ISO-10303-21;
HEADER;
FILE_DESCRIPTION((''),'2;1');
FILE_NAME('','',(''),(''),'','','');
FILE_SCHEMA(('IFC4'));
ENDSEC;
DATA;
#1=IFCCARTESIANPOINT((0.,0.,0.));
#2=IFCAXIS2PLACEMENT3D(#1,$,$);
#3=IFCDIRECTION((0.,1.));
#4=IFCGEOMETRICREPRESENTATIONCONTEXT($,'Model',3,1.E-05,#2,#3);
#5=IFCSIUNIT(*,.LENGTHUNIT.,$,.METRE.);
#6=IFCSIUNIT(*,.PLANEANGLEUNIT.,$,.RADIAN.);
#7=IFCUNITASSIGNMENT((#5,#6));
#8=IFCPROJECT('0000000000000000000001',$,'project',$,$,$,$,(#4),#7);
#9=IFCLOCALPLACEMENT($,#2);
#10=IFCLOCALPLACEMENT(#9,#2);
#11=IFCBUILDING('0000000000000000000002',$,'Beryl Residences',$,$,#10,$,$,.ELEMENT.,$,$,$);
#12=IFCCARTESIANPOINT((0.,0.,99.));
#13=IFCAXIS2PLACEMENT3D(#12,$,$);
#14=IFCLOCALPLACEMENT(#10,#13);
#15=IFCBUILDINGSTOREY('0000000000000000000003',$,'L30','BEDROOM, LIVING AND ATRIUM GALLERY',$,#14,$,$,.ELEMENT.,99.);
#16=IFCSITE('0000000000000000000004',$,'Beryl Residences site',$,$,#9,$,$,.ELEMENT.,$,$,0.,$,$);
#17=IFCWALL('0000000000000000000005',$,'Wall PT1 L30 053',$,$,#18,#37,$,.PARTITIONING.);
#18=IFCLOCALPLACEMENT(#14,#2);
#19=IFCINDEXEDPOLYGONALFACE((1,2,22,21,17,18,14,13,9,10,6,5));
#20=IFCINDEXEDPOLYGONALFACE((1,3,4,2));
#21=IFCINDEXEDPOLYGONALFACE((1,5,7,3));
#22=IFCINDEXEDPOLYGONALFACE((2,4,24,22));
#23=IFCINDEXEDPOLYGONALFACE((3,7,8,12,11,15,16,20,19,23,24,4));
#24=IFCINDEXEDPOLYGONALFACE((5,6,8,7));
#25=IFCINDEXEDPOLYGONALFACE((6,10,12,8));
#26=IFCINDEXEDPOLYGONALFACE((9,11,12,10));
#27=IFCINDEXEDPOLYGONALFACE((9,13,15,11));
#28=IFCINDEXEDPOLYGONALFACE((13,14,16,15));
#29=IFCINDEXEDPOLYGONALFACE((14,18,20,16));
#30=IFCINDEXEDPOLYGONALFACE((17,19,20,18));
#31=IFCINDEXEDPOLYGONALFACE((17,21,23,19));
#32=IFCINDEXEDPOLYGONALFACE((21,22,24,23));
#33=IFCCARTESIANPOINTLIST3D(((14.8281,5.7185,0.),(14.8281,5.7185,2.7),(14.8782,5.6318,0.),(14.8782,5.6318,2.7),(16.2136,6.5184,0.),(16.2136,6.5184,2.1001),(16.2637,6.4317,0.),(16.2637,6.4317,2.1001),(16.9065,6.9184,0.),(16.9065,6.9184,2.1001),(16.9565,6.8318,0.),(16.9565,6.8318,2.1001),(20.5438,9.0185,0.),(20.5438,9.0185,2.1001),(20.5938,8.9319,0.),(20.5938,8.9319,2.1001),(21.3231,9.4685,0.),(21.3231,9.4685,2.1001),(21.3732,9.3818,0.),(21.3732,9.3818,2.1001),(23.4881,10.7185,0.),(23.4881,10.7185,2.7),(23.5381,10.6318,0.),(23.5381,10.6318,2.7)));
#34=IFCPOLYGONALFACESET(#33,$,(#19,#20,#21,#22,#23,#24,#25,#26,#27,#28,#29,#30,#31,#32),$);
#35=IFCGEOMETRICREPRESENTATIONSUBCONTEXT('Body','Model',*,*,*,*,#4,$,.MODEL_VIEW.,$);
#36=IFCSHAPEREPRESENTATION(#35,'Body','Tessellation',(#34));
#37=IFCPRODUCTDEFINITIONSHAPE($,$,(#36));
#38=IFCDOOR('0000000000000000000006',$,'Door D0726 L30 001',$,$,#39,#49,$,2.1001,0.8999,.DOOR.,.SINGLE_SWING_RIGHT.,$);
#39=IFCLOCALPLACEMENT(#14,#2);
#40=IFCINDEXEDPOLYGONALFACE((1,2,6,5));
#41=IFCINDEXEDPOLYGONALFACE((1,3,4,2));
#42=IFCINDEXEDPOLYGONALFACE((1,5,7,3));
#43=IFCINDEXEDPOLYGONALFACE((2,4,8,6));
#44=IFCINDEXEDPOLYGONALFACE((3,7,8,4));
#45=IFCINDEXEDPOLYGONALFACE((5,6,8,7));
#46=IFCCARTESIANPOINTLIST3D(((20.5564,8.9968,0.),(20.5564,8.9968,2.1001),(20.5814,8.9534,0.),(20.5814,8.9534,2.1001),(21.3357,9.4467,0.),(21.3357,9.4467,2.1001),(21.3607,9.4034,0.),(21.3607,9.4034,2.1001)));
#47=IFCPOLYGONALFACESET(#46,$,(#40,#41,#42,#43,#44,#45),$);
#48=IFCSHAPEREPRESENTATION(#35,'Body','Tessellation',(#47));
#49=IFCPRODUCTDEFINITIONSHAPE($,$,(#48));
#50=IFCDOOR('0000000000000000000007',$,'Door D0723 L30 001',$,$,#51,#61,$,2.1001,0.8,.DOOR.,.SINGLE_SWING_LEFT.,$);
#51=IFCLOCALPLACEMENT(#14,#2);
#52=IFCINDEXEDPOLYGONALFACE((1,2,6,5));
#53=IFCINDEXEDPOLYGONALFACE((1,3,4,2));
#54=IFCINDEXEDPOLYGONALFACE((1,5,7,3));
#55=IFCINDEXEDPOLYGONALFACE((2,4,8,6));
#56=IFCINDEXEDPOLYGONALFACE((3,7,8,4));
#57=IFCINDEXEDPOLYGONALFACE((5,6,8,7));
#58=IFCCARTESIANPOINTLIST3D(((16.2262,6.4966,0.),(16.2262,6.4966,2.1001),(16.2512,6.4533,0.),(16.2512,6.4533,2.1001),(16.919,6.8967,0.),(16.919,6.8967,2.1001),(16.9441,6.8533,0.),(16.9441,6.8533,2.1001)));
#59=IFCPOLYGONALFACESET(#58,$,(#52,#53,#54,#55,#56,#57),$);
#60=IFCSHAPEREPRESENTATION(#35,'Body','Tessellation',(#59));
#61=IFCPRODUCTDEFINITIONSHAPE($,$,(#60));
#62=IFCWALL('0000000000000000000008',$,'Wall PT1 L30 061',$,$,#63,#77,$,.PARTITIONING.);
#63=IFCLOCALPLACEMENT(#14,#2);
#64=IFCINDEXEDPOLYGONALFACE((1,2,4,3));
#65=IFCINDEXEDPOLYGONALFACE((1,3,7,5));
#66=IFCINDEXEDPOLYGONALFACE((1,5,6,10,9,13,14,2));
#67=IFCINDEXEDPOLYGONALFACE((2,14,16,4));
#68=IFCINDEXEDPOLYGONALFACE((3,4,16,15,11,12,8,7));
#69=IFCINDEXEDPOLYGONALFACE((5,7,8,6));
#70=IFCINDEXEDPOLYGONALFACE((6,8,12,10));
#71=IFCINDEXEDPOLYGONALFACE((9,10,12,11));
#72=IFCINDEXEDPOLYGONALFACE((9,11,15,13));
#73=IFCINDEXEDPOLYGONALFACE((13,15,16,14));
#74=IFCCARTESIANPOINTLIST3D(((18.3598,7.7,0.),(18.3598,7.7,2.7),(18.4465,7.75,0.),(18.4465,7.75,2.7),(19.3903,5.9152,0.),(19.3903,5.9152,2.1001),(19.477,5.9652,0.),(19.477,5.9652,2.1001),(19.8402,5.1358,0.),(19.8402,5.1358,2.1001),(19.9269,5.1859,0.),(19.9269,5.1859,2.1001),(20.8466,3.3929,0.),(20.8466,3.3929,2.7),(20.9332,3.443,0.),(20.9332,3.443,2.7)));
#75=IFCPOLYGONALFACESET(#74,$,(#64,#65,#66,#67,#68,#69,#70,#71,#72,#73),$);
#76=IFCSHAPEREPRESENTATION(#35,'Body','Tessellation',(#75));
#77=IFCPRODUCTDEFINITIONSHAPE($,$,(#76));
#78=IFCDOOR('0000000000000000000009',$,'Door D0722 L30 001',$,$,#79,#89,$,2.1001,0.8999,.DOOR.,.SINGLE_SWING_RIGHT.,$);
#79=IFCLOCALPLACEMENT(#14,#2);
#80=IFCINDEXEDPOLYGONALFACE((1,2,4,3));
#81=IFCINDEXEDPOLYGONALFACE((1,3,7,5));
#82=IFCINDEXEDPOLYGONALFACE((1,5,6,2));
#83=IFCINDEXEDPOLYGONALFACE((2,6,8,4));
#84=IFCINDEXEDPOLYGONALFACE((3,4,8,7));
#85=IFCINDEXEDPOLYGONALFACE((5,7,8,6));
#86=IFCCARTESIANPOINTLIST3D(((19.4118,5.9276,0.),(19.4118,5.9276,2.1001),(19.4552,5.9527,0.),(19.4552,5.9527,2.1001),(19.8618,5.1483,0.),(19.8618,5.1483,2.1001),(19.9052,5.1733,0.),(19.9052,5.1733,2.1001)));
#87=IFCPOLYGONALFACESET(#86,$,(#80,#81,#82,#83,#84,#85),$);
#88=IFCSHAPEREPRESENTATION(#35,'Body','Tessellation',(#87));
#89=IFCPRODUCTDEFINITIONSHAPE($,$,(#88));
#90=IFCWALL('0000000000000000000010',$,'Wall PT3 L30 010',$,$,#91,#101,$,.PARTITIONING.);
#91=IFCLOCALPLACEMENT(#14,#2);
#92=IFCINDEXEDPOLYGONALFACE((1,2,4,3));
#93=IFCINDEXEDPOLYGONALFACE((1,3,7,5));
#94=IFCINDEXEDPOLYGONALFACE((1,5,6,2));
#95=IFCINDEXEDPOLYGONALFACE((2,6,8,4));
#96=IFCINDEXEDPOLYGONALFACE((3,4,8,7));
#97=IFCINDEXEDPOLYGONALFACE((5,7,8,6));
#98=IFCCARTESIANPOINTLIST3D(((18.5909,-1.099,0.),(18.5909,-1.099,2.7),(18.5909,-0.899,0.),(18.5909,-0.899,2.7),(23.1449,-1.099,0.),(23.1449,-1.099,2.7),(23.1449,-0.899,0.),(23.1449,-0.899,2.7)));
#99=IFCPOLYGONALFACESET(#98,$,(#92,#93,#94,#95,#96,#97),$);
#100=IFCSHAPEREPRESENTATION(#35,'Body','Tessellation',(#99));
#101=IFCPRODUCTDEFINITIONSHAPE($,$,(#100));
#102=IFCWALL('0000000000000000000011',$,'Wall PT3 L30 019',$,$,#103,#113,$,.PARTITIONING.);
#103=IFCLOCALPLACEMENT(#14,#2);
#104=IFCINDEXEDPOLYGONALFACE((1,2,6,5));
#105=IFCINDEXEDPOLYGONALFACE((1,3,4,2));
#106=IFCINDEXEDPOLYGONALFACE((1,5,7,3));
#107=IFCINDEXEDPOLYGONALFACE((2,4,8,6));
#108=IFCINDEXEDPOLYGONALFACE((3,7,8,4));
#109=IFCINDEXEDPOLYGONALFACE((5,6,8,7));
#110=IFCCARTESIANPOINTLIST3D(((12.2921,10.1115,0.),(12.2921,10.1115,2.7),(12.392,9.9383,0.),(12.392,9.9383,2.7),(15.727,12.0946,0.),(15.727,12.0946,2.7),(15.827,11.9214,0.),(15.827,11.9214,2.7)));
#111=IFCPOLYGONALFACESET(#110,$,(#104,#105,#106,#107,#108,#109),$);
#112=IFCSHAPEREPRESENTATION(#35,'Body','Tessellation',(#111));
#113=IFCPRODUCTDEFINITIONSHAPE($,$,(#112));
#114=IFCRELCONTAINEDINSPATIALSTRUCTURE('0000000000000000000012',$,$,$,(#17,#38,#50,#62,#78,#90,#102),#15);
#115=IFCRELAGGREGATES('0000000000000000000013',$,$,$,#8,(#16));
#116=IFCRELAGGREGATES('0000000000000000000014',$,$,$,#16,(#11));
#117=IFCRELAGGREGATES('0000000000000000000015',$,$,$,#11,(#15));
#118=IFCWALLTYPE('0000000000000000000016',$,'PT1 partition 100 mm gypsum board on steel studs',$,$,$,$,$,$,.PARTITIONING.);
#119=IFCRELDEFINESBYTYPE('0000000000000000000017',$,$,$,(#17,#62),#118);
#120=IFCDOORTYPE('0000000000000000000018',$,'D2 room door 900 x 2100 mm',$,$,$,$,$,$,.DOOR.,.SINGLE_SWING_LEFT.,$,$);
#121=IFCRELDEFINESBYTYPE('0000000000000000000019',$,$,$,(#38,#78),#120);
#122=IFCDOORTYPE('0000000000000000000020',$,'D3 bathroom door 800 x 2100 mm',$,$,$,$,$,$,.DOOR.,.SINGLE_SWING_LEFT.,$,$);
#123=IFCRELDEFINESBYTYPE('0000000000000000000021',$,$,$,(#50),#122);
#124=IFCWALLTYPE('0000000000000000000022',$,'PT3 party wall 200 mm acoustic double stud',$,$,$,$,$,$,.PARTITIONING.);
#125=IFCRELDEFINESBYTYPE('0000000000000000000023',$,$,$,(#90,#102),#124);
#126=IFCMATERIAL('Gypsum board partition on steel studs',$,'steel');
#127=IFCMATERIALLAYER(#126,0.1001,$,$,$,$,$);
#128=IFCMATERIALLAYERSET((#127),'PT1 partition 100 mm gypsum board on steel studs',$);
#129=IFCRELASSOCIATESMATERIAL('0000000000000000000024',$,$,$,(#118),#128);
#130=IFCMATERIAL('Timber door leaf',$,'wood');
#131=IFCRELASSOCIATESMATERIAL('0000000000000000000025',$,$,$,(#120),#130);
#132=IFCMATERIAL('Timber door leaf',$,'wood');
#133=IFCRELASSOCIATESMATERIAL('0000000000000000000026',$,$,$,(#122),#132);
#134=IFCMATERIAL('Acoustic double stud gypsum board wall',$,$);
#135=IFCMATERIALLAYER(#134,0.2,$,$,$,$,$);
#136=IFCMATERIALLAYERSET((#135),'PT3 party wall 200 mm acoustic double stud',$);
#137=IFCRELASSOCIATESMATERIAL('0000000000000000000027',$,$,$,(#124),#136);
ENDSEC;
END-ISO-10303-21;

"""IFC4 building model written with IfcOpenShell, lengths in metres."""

from ifc_helpers import new_model, si_unit, direction, frame, frame_2d, origin, place, context, subcontext, project, spatial, rectangle, extrude, material, layer, layer_set, type_object, element, fill, save


model = new_model("IFC4")

# Units and contexts
model_context = context("Model", 3, precision=1e-05, world=origin(), true_north=direction((0.0, 1.0)))
body_context = subcontext(model_context, "Body", "Model", "MODEL_VIEW")
ifc_project = project(units=[si_unit("LENGTHUNIT", "METRE"), si_unit("PLANEANGLEUNIT", "RADIAN")], contexts=[model_context])

# Site, building, storey
site_placement = place(None, origin())
site = spatial("IfcSite", under=ifc_project, at=site_placement, Name="Beryl Residences site", CompositionType="ELEMENT", RefElevation=0.0)
building_placement = place(site_placement, origin())
building = spatial("IfcBuilding", under=site, at=building_placement, Name="Beryl Residences", CompositionType="ELEMENT")
storey_placement = place(building_placement, frame((0.0, 0.0, 99.0)))
storey = spatial("IfcBuildingStorey", under=building, at=storey_placement, Name="L30", Description="BEDROOM, LIVING AND ATRIUM GALLERY", CompositionType="ELEMENT", Elevation=99.0)

# Shared definitions
ifc_material_1 = material(Name="Gypsum board partition on steel studs", Category="steel")
ifc_layer_1 = layer(ifc_material_1, 0.1001)
ifc_layer_set_1 = layer_set([ifc_layer_1], Name="PT1 partition 100 mm gypsum board on steel studs")
wall_type_1 = type_object("IfcWallType", Name="PT1 partition 100 mm gypsum board on steel studs", PredefinedType="PARTITIONING", material=ifc_layer_set_1)

# Wall, openings, doors
ifc_material_2 = material(Name="Timber door leaf", Category="wood")
door_type_1 = type_object("IfcDoorType", Name="D2 room door 900 x 2100 mm", OperationType="SINGLE_SWING_LEFT", PredefinedType="DOOR", material=ifc_material_2)
wall_1_placement = place(storey_placement, frame((14.853, 5.675, 0.0), z_axis=(0.0, 0.0, 1.0), x_axis=(0.866017, 0.500015, 0.0)))
wall_1 = element("IfcWall", 1, at=wall_1_placement, inside=storey, type_object=wall_type_1, Name="Wall PT1 L30 053", PredefinedType="PARTITIONING", context=body_context, shape_type="SweptSolid", body=[
    extrude(rectangle(XDim=9.9998, YDim=0.1001, at=frame_2d((5.0, 0.0))), origin(), (0.0, 0.0, 1.0), 2.7),
])
opening_1_placement = place(wall_1_placement, frame((1.6001, 0.0, 0.0)))
opening_1 = element("IfcOpeningElement", 2, at=opening_1_placement, cuts=wall_1, PredefinedType="OPENING", context=body_context, shape_type="SweptSolid", body=[
    extrude(rectangle(XDim=0.8, YDim=2.1001, at=frame_2d((0.3999, 1.05))), frame((0.0, 0.0601, 0.0), z_axis=(0.0, -1.0, 0.0), x_axis=(1.0, 0.0, 0.0)), (0.0, 0.0, 1.0), 0.1201),
])
opening_2_placement = place(wall_1_placement, frame((6.6001, 0.0, 0.0)))
opening_2 = element("IfcOpeningElement", 3, at=opening_2_placement, cuts=wall_1, PredefinedType="OPENING", context=body_context, shape_type="SweptSolid", body=[
    extrude(rectangle(XDim=0.8999, YDim=2.1001, at=frame_2d((0.45, 1.05))), frame((0.0, 0.0601, 0.0), z_axis=(0.0, -1.0, 0.0), x_axis=(1.0, 0.0, 0.0)), (0.0, 0.0, 1.0), 0.1201),
])
door_1_placement = place(opening_2_placement, origin())
door_1 = element("IfcDoor", 4, at=door_1_placement, inside=storey, type_object=door_type_1, Name="Door D0726 L30 001", OperationType="SINGLE_SWING_RIGHT", OverallHeight=2.1001, OverallWidth=0.8999, PredefinedType="DOOR", context=body_context, shape_type="SweptSolid", body=[
    extrude(rectangle(XDim=0.8999, YDim=2.1001, at=frame_2d((0.45, 1.05))), frame((0.0, 0.0249, 0.0), z_axis=(0.0, -1.0, 0.0), x_axis=(1.0, 0.0, 0.0)), (0.0, 0.0, 1.0), 0.05),
])
fill(opening_2, door_1)
ifc_material_3 = material(Name="Timber door leaf", Category="wood")
door_type_2 = type_object("IfcDoorType", Name="D3 bathroom door 800 x 2100 mm", OperationType="SINGLE_SWING_LEFT", PredefinedType="DOOR", material=ifc_material_3)
door_2_placement = place(opening_1_placement, origin())
door_2 = element("IfcDoor", 5, at=door_2_placement, inside=storey, type_object=door_type_2, Name="Door D0723 L30 001", OperationType="SINGLE_SWING_LEFT", OverallHeight=2.1001, OverallWidth=0.8, PredefinedType="DOOR", context=body_context, shape_type="SweptSolid", body=[
    extrude(rectangle(XDim=0.8, YDim=2.1001, at=frame_2d((0.3999, 1.05))), frame((0.0, 0.0249, 0.0), z_axis=(0.0, -1.0, 0.0), x_axis=(1.0, 0.0, 0.0)), (0.0, 0.0, 1.0), 0.05),
])
fill(opening_1, door_2)

# Wall, opening, door
wall_2_placement = place(storey_placement, frame((18.4031, 7.7251, 0.0), z_axis=(0.0, 0.0, 1.0), x_axis=(0.500014, -0.866017, 0.0)))
wall_2 = element("IfcWall", 6, at=wall_2_placement, inside=storey, type_object=wall_type_1, Name="Wall PT1 L30 061", PredefinedType="PARTITIONING", context=body_context, shape_type="SweptSolid", body=[
    extrude(rectangle(XDim=4.9734, YDim=0.1001, at=frame_2d((2.4868, 0.0))), origin(), (0.0, 0.0, 1.0), 2.7),
])
opening_3_placement = place(wall_2_placement, frame((2.061, 0.0, 0.0)))
opening_3 = element("IfcOpeningElement", 7, at=opening_3_placement, cuts=wall_2, PredefinedType="OPENING", context=body_context, shape_type="SweptSolid", body=[
    extrude(rectangle(XDim=0.8999, YDim=2.1001, at=frame_2d((0.45, 1.05))), frame((0.0, 0.0601, 0.0), z_axis=(0.0, -1.0, 0.0), x_axis=(1.0, 0.0, 0.0)), (0.0, 0.0, 1.0), 0.1201),
])
door_3_placement = place(opening_3_placement, origin())
door_3 = element("IfcDoor", 8, at=door_3_placement, inside=storey, type_object=door_type_1, Name="Door D0722 L30 001", OperationType="SINGLE_SWING_RIGHT", OverallHeight=2.1001, OverallWidth=0.8999, PredefinedType="DOOR", context=body_context, shape_type="SweptSolid", body=[
    extrude(rectangle(XDim=0.8999, YDim=2.1001, at=frame_2d((0.45, 1.05))), frame((0.0, 0.0249, 0.0), z_axis=(0.0, -1.0, 0.0), x_axis=(1.0, 0.0, 0.0)), (0.0, 0.0, 1.0), 0.05),
])
fill(opening_3, door_3)

# Walls
ifc_material_4 = material(Name="Acoustic double stud gypsum board wall")
ifc_layer_2 = layer(ifc_material_4, 0.2)
ifc_layer_set_2 = layer_set([ifc_layer_2], Name="PT3 party wall 200 mm acoustic double stud")
wall_type_2 = type_object("IfcWallType", Name="PT3 party wall 200 mm acoustic double stud", PredefinedType="PARTITIONING", material=ifc_layer_set_2)
wall_3_placement = place(storey_placement, frame((18.5911, -0.999, 0.0), z_axis=(0.0, 0.0, 1.0), x_axis=(1.0, 0.0, 0.0)))
element("IfcWall", 9, at=wall_3_placement, inside=storey, type_object=wall_type_2, Name="Wall PT3 L30 010", PredefinedType="PARTITIONING", context=body_context, shape_type="SweptSolid", body=[
    extrude(rectangle(XDim=4.554, YDim=0.2, at=frame_2d((2.2769, 0.0))), origin(), (0.0, 0.0, 1.0), 2.7),
])
wall_4_placement = place(storey_placement, frame((12.342, 10.0249, 0.0), z_axis=(0.0, 0.0, 1.0), x_axis=(0.866034, 0.499985, 0.0)))
element("IfcWall", 10, at=wall_4_placement, inside=storey, type_object=wall_type_2, Name="Wall PT3 L30 019", PredefinedType="PARTITIONING", context=body_context, shape_type="SweptSolid", body=[
    extrude(rectangle(XDim=3.9663, YDim=0.2, at=frame_2d((1.9832, 0.0))), origin(), (0.0, 0.0, 1.0), 2.7),
])

save(model, "model.ifc")
